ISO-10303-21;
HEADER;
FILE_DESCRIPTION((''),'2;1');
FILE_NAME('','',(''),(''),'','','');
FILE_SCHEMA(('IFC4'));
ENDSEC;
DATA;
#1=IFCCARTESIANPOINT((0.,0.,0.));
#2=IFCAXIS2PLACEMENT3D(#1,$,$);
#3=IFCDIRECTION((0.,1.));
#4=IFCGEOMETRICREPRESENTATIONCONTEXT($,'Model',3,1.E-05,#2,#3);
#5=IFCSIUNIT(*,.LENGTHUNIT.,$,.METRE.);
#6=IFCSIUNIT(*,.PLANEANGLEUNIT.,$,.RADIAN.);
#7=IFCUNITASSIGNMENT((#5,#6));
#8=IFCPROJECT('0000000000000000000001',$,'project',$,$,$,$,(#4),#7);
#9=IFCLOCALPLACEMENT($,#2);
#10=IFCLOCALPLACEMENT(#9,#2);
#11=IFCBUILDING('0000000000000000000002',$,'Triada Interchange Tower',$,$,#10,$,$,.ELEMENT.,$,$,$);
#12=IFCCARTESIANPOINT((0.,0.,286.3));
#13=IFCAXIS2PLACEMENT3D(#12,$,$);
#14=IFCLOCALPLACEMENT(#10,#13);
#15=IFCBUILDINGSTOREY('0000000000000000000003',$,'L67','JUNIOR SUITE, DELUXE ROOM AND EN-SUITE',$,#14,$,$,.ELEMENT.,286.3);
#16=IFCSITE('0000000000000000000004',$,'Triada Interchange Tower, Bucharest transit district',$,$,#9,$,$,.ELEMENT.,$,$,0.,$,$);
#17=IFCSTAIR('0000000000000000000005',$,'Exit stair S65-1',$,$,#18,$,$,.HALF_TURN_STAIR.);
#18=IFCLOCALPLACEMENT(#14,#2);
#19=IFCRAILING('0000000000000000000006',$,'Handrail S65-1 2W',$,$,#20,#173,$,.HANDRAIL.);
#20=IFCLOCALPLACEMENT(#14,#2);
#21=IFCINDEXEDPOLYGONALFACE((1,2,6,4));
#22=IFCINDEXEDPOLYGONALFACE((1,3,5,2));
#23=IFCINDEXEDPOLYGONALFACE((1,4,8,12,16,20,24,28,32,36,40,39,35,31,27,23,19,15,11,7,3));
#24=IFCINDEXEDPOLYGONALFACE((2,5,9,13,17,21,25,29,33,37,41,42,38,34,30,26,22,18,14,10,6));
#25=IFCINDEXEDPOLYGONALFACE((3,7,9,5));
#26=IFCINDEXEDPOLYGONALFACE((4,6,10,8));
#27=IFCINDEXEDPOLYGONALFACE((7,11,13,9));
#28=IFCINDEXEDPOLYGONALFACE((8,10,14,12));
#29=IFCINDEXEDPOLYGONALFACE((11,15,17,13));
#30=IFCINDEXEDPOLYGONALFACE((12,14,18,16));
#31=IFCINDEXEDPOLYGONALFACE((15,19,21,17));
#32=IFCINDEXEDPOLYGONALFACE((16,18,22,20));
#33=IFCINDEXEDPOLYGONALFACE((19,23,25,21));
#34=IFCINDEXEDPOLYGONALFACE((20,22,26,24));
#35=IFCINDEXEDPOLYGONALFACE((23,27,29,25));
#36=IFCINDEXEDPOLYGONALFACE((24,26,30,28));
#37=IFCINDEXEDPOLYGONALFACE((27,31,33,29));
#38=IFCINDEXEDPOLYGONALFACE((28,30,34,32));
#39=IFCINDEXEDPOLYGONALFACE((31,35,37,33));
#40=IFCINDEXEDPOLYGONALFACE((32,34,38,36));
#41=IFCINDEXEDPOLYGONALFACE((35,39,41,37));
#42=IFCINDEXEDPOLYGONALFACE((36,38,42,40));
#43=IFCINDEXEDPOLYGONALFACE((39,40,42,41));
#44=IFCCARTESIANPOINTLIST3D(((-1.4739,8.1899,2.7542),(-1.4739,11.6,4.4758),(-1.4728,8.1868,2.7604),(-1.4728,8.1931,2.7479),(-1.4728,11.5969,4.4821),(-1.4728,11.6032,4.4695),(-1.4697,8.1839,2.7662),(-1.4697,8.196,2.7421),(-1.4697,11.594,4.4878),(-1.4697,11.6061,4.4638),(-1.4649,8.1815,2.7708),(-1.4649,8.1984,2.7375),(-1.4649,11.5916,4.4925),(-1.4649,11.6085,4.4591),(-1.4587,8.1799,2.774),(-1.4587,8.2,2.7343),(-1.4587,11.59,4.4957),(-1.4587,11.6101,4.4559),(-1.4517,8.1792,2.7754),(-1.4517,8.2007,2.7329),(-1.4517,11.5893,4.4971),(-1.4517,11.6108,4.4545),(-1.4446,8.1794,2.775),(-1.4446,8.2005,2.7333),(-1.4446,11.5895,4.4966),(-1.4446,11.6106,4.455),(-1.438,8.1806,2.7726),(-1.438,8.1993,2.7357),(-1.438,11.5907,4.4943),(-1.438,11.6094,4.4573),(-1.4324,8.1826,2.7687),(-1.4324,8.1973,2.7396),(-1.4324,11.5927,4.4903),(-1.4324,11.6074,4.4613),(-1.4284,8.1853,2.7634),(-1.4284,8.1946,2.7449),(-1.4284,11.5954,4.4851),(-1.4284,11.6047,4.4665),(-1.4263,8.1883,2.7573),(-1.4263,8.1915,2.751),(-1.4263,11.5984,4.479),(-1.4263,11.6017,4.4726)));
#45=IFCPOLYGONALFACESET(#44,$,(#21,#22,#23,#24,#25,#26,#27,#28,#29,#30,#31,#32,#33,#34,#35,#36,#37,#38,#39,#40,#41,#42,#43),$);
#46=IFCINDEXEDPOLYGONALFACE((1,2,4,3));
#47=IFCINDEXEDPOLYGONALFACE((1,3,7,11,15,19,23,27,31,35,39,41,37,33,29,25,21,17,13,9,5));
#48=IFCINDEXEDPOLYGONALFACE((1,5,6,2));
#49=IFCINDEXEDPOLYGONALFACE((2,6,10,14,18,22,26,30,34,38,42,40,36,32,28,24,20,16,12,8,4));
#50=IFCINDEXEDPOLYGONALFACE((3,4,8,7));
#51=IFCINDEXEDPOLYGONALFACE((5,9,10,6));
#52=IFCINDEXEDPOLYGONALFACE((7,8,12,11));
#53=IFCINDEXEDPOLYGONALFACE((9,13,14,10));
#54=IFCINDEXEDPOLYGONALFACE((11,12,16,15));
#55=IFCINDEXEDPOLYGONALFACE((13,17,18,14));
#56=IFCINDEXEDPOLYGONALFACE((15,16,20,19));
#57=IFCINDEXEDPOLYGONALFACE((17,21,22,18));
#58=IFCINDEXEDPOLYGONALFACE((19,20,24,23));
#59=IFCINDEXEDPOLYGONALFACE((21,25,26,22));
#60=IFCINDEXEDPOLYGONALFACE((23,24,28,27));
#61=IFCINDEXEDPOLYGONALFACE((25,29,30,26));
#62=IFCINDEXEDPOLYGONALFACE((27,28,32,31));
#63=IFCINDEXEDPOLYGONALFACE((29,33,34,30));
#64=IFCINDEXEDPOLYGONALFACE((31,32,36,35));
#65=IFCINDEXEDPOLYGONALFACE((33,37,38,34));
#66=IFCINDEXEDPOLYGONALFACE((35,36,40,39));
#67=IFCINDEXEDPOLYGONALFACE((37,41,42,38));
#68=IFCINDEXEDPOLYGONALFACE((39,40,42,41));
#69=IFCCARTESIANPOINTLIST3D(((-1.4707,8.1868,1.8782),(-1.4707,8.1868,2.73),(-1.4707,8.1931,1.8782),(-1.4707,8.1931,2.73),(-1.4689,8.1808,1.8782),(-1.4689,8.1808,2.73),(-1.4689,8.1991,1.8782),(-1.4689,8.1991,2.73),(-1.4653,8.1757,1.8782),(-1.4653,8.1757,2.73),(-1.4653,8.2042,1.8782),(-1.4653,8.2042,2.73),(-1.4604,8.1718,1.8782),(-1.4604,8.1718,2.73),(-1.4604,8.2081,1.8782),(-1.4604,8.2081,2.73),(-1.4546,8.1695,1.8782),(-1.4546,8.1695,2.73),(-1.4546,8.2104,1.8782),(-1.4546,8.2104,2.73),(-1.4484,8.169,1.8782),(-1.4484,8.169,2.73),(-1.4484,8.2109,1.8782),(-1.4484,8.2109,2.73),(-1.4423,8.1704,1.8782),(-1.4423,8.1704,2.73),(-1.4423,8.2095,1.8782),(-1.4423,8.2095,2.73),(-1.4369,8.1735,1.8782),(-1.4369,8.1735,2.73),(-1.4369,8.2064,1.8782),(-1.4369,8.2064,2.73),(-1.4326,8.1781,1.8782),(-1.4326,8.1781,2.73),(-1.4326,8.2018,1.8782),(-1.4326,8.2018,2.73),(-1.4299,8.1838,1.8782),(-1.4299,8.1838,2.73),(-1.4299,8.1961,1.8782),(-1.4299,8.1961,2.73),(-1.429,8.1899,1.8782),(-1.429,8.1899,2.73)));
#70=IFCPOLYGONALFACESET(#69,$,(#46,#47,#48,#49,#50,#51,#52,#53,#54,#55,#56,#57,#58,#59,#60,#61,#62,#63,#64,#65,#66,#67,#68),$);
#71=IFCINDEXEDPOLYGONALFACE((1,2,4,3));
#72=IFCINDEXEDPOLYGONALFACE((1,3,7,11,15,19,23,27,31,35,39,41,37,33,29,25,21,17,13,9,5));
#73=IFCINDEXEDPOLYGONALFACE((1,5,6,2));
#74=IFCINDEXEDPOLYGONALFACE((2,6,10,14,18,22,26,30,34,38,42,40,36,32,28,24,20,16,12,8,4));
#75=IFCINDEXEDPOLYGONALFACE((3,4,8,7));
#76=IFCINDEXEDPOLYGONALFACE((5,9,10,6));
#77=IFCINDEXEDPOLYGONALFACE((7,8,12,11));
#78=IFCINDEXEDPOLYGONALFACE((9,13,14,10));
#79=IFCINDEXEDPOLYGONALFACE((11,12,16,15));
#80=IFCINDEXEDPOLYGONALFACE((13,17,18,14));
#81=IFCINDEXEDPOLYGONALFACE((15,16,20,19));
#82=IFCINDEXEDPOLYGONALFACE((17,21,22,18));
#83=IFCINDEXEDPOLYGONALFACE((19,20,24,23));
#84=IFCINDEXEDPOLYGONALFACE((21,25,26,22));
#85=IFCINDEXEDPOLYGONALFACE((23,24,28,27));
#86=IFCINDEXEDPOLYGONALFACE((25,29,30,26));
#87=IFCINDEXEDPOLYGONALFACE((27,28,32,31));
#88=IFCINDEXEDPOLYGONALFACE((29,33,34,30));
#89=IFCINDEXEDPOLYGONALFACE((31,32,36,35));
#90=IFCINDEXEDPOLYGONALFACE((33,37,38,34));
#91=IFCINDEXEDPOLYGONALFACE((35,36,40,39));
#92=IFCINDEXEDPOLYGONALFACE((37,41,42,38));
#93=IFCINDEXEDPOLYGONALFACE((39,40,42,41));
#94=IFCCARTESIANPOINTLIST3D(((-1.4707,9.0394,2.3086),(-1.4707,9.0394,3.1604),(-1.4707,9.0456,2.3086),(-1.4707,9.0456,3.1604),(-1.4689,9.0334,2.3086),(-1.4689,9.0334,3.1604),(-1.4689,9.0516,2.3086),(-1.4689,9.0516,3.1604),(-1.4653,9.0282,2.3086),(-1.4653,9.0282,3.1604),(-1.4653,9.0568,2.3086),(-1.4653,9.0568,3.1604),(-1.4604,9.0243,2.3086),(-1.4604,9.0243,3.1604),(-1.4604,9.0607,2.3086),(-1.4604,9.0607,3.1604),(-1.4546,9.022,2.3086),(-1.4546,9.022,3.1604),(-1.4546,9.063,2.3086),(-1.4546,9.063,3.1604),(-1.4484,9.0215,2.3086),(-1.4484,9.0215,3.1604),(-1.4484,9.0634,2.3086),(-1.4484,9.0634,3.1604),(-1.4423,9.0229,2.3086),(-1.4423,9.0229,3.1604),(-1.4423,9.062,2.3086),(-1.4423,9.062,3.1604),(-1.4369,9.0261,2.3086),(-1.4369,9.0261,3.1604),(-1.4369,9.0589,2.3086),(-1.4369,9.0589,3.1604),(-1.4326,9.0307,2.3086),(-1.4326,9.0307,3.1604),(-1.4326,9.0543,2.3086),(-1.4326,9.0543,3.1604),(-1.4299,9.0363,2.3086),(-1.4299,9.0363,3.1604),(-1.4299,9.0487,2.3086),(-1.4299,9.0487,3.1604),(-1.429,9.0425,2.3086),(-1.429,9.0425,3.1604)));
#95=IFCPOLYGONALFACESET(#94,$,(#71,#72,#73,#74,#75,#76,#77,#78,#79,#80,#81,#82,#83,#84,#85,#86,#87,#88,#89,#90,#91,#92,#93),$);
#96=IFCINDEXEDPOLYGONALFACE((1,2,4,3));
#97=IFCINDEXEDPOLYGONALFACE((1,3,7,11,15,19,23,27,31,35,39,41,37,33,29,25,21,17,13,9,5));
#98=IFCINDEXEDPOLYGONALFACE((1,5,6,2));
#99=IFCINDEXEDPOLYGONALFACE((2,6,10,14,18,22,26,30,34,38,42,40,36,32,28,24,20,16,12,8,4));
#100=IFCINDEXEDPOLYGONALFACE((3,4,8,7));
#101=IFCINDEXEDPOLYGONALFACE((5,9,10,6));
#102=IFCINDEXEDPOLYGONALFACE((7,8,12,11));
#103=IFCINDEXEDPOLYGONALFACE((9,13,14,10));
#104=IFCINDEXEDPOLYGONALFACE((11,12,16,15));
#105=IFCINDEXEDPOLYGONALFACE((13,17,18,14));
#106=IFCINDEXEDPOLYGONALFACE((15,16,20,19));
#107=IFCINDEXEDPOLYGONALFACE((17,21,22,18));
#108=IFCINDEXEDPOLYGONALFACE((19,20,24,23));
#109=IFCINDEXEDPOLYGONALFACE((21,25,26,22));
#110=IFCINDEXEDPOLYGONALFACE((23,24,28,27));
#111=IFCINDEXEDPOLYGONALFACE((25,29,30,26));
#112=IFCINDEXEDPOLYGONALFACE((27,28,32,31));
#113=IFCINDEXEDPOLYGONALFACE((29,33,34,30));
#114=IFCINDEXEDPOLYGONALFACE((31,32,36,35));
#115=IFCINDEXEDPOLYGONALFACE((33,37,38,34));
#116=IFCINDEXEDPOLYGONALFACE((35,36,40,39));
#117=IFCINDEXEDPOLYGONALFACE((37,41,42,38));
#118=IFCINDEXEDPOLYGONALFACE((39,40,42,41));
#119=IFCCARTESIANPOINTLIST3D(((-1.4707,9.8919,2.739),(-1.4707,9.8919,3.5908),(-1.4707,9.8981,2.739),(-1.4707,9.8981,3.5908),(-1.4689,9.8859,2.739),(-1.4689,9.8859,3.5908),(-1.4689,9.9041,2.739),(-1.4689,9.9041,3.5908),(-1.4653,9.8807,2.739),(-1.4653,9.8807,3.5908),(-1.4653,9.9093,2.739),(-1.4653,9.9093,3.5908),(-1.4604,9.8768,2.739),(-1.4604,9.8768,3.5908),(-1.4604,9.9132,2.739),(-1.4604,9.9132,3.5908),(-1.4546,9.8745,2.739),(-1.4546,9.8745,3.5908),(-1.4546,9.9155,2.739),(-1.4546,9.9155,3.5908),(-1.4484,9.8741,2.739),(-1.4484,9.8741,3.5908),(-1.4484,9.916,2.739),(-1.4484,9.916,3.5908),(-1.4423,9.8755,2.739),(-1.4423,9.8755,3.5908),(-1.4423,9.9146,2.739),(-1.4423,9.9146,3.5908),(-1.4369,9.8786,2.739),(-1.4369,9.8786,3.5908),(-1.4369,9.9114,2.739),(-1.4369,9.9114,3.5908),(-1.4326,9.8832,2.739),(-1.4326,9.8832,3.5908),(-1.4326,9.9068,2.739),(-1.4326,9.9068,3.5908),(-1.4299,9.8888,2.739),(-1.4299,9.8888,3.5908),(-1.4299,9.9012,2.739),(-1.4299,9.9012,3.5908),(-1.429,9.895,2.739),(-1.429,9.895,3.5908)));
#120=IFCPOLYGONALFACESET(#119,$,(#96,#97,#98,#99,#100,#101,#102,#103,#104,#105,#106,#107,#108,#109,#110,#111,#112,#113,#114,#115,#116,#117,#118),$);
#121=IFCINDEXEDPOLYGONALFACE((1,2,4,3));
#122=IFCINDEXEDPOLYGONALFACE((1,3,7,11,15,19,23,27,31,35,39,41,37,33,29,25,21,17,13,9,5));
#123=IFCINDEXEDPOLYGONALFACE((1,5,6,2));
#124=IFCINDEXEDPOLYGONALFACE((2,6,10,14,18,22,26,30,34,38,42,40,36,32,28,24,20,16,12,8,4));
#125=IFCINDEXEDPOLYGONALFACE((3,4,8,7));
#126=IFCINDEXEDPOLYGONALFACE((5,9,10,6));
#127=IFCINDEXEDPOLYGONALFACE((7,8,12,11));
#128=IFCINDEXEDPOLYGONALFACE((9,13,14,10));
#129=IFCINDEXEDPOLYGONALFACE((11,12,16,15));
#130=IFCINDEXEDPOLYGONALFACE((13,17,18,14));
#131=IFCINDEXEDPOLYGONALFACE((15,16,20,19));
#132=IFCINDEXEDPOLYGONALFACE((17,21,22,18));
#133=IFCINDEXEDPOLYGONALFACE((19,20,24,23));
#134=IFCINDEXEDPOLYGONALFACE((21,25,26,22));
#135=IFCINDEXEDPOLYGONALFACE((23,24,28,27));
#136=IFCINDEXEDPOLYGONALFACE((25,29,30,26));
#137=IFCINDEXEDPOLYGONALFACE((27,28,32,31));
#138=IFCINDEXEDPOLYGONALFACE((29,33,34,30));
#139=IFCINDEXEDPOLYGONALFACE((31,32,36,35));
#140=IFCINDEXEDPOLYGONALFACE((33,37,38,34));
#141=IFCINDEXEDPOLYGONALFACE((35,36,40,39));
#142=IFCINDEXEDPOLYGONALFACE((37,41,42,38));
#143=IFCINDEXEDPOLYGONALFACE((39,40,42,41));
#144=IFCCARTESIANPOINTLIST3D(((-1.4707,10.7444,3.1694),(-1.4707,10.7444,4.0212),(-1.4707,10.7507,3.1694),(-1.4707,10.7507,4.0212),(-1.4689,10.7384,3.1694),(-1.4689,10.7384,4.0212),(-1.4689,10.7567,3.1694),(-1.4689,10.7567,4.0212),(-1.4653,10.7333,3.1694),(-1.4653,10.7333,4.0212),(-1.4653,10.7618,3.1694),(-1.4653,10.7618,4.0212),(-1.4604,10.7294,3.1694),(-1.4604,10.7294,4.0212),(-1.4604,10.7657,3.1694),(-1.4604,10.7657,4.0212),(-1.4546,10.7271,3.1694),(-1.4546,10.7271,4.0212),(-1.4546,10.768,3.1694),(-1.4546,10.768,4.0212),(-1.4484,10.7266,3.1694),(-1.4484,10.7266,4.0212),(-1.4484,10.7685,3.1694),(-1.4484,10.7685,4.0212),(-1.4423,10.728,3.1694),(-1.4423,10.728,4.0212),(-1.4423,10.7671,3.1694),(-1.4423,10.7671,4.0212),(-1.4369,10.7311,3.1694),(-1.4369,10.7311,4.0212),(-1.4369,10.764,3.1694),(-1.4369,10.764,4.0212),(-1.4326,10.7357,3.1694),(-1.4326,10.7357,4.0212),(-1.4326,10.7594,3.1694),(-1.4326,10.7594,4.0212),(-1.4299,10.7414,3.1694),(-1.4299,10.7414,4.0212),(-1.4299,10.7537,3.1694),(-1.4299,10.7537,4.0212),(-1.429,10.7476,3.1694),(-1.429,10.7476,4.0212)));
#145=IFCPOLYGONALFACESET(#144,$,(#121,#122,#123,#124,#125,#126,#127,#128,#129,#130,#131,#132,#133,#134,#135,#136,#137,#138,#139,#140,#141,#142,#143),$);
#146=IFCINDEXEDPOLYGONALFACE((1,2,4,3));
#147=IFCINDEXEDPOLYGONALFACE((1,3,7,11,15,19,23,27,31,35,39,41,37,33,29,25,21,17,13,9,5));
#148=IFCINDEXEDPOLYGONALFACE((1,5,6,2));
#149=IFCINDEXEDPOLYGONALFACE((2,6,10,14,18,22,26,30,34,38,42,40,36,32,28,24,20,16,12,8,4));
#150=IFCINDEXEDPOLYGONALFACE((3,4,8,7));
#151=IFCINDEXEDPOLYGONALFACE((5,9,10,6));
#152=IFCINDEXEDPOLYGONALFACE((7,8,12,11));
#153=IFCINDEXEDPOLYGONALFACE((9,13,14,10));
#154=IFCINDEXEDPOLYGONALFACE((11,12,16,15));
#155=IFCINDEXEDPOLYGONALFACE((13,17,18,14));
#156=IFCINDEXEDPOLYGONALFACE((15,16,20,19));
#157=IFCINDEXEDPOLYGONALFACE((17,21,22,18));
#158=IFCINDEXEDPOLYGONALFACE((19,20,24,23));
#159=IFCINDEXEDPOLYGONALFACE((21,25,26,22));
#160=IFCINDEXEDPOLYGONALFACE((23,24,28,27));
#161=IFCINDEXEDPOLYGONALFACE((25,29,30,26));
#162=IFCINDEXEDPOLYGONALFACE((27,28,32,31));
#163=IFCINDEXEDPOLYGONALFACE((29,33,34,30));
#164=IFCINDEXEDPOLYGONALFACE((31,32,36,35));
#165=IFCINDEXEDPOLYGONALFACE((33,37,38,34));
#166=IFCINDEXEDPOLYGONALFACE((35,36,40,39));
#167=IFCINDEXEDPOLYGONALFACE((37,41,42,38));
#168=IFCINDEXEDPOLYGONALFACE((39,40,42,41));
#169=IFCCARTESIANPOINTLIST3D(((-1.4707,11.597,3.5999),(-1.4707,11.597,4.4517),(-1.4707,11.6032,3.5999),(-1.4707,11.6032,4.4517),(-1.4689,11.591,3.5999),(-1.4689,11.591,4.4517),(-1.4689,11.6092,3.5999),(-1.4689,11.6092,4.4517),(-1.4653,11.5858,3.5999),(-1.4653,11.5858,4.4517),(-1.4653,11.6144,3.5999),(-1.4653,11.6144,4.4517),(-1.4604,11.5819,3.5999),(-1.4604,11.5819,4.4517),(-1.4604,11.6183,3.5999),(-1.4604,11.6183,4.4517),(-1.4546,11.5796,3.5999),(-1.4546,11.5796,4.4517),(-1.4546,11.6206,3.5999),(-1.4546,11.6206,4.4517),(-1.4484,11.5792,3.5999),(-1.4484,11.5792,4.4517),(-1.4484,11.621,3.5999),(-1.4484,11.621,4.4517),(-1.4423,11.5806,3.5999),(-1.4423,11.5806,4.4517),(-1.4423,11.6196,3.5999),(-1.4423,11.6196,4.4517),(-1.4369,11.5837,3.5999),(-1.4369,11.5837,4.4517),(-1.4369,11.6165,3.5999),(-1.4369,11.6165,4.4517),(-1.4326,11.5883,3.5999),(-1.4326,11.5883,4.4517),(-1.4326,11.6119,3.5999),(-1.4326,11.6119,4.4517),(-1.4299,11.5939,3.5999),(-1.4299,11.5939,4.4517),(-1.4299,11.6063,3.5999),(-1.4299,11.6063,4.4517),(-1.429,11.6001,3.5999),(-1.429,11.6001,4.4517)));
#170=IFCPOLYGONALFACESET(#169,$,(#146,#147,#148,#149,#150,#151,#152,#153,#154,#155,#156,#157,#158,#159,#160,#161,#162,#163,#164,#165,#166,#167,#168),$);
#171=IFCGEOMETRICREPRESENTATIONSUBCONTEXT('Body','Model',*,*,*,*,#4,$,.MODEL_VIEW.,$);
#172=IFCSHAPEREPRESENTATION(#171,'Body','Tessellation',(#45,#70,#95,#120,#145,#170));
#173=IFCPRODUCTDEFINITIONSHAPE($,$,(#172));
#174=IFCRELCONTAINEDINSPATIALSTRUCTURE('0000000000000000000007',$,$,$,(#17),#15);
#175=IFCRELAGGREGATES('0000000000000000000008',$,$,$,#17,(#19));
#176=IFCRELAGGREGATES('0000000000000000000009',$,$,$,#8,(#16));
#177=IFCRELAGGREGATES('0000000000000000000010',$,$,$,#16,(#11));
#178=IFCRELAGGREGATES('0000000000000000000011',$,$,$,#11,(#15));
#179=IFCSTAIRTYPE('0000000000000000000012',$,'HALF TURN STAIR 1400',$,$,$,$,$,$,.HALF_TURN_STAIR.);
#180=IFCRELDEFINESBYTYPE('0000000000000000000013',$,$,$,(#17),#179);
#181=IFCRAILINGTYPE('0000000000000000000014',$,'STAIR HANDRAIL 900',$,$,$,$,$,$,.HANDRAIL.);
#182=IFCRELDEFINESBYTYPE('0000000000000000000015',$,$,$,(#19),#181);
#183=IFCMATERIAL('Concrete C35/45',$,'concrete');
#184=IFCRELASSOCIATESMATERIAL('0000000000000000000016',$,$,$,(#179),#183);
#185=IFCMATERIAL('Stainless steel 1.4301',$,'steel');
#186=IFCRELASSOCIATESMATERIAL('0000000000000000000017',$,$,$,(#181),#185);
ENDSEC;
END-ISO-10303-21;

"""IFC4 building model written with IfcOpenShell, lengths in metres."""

from ifc_helpers import new_model, si_unit, direction, frame, origin, origin_2d, place, context, subcontext, project, spatial, circle, extrude, material, type_object, element, aggregate, save


model = new_model("IFC4")

# Units and contexts
model_context = context("Model", 3, precision=1e-05, world=origin(), true_north=direction((0.0, 1.0)))
body_context = subcontext(model_context, "Body", "Model", "MODEL_VIEW")
ifc_project = project(units=[si_unit("LENGTHUNIT", "METRE"), si_unit("PLANEANGLEUNIT", "RADIAN")], contexts=[model_context])

# Site, building, storey
site_placement = place(None, origin())
site = spatial("IfcSite", under=ifc_project, at=site_placement, Name="Triada Interchange Tower, Bucharest transit district", CompositionType="ELEMENT", RefElevation=0.0)
building_placement = place(site_placement, origin())
building = spatial("IfcBuilding", under=site, at=building_placement, Name="Triada Interchange Tower", CompositionType="ELEMENT")
storey_placement = place(building_placement, frame((0.0, 0.0, 286.3)))
storey = spatial("IfcBuildingStorey", under=building, at=storey_placement, Name="L67", Description="JUNIOR SUITE, DELUXE ROOM AND EN-SUITE", CompositionType="ELEMENT", Elevation=286.3)

# Stair
ifc_material_1 = material(Name="Concrete C35/45", Category="concrete")
stair_type = type_object("IfcStairType", Name="HALF TURN STAIR 1400", PredefinedType="HALF_TURN_STAIR", material=ifc_material_1)
stair_placement = place(storey_placement, origin())
stair = element("IfcStair", 1, at=stair_placement, inside=storey, type_object=stair_type, Name="Exit stair S65-1", PredefinedType="HALF_TURN_STAIR")

# Railing
ifc_material_2 = material(Name="Stainless steel 1.4301", Category="steel")
railing_type = type_object("IfcRailingType", Name="STAIR HANDRAIL 900", PredefinedType="HANDRAIL", material=ifc_material_2)
railing_1_placement = place(storey_placement, frame((-1.45, 8.1899, 1.8782)))
railing_1 = element("IfcRailing", 2, at=railing_1_placement, type_object=railing_type, Name="Handrail S65-1 2W", PredefinedType="HANDRAIL", context=body_context, shape_type="SweptSolid", body=[
    extrude(circle(Radius=0.0239, at=origin_2d()), frame((0.0, 0.0, 0.876), z_axis=(0.0, 0.892682, 0.450687), x_axis=(-1.0, 0.0, 0.0)), (0.0, 0.0, 1.0), 3.8201),
    extrude(circle(Radius=0.021, at=origin_2d()), origin(), (0.0, 0.0, 1.0), 0.8518),
    extrude(circle(Radius=0.021, at=origin_2d()), frame((0.0, 0.8525, 0.4304)), (0.0, 0.0, 1.0), 0.8518),
    extrude(circle(Radius=0.021, at=origin_2d()), frame((0.0, 1.7051, 0.8608)), (0.0, 0.0, 1.0), 0.8518),
    extrude(circle(Radius=0.021, at=origin_2d()), frame((0.0, 2.5576, 1.2913)), (0.0, 0.0, 1.0), 0.8518),
    extrude(circle(Radius=0.021, at=origin_2d()), frame((0.0, 3.4102, 1.7217)), (0.0, 0.0, 1.0), 0.8518),
])
aggregate(stair, [railing_1])

save(model, "model.ifc")
